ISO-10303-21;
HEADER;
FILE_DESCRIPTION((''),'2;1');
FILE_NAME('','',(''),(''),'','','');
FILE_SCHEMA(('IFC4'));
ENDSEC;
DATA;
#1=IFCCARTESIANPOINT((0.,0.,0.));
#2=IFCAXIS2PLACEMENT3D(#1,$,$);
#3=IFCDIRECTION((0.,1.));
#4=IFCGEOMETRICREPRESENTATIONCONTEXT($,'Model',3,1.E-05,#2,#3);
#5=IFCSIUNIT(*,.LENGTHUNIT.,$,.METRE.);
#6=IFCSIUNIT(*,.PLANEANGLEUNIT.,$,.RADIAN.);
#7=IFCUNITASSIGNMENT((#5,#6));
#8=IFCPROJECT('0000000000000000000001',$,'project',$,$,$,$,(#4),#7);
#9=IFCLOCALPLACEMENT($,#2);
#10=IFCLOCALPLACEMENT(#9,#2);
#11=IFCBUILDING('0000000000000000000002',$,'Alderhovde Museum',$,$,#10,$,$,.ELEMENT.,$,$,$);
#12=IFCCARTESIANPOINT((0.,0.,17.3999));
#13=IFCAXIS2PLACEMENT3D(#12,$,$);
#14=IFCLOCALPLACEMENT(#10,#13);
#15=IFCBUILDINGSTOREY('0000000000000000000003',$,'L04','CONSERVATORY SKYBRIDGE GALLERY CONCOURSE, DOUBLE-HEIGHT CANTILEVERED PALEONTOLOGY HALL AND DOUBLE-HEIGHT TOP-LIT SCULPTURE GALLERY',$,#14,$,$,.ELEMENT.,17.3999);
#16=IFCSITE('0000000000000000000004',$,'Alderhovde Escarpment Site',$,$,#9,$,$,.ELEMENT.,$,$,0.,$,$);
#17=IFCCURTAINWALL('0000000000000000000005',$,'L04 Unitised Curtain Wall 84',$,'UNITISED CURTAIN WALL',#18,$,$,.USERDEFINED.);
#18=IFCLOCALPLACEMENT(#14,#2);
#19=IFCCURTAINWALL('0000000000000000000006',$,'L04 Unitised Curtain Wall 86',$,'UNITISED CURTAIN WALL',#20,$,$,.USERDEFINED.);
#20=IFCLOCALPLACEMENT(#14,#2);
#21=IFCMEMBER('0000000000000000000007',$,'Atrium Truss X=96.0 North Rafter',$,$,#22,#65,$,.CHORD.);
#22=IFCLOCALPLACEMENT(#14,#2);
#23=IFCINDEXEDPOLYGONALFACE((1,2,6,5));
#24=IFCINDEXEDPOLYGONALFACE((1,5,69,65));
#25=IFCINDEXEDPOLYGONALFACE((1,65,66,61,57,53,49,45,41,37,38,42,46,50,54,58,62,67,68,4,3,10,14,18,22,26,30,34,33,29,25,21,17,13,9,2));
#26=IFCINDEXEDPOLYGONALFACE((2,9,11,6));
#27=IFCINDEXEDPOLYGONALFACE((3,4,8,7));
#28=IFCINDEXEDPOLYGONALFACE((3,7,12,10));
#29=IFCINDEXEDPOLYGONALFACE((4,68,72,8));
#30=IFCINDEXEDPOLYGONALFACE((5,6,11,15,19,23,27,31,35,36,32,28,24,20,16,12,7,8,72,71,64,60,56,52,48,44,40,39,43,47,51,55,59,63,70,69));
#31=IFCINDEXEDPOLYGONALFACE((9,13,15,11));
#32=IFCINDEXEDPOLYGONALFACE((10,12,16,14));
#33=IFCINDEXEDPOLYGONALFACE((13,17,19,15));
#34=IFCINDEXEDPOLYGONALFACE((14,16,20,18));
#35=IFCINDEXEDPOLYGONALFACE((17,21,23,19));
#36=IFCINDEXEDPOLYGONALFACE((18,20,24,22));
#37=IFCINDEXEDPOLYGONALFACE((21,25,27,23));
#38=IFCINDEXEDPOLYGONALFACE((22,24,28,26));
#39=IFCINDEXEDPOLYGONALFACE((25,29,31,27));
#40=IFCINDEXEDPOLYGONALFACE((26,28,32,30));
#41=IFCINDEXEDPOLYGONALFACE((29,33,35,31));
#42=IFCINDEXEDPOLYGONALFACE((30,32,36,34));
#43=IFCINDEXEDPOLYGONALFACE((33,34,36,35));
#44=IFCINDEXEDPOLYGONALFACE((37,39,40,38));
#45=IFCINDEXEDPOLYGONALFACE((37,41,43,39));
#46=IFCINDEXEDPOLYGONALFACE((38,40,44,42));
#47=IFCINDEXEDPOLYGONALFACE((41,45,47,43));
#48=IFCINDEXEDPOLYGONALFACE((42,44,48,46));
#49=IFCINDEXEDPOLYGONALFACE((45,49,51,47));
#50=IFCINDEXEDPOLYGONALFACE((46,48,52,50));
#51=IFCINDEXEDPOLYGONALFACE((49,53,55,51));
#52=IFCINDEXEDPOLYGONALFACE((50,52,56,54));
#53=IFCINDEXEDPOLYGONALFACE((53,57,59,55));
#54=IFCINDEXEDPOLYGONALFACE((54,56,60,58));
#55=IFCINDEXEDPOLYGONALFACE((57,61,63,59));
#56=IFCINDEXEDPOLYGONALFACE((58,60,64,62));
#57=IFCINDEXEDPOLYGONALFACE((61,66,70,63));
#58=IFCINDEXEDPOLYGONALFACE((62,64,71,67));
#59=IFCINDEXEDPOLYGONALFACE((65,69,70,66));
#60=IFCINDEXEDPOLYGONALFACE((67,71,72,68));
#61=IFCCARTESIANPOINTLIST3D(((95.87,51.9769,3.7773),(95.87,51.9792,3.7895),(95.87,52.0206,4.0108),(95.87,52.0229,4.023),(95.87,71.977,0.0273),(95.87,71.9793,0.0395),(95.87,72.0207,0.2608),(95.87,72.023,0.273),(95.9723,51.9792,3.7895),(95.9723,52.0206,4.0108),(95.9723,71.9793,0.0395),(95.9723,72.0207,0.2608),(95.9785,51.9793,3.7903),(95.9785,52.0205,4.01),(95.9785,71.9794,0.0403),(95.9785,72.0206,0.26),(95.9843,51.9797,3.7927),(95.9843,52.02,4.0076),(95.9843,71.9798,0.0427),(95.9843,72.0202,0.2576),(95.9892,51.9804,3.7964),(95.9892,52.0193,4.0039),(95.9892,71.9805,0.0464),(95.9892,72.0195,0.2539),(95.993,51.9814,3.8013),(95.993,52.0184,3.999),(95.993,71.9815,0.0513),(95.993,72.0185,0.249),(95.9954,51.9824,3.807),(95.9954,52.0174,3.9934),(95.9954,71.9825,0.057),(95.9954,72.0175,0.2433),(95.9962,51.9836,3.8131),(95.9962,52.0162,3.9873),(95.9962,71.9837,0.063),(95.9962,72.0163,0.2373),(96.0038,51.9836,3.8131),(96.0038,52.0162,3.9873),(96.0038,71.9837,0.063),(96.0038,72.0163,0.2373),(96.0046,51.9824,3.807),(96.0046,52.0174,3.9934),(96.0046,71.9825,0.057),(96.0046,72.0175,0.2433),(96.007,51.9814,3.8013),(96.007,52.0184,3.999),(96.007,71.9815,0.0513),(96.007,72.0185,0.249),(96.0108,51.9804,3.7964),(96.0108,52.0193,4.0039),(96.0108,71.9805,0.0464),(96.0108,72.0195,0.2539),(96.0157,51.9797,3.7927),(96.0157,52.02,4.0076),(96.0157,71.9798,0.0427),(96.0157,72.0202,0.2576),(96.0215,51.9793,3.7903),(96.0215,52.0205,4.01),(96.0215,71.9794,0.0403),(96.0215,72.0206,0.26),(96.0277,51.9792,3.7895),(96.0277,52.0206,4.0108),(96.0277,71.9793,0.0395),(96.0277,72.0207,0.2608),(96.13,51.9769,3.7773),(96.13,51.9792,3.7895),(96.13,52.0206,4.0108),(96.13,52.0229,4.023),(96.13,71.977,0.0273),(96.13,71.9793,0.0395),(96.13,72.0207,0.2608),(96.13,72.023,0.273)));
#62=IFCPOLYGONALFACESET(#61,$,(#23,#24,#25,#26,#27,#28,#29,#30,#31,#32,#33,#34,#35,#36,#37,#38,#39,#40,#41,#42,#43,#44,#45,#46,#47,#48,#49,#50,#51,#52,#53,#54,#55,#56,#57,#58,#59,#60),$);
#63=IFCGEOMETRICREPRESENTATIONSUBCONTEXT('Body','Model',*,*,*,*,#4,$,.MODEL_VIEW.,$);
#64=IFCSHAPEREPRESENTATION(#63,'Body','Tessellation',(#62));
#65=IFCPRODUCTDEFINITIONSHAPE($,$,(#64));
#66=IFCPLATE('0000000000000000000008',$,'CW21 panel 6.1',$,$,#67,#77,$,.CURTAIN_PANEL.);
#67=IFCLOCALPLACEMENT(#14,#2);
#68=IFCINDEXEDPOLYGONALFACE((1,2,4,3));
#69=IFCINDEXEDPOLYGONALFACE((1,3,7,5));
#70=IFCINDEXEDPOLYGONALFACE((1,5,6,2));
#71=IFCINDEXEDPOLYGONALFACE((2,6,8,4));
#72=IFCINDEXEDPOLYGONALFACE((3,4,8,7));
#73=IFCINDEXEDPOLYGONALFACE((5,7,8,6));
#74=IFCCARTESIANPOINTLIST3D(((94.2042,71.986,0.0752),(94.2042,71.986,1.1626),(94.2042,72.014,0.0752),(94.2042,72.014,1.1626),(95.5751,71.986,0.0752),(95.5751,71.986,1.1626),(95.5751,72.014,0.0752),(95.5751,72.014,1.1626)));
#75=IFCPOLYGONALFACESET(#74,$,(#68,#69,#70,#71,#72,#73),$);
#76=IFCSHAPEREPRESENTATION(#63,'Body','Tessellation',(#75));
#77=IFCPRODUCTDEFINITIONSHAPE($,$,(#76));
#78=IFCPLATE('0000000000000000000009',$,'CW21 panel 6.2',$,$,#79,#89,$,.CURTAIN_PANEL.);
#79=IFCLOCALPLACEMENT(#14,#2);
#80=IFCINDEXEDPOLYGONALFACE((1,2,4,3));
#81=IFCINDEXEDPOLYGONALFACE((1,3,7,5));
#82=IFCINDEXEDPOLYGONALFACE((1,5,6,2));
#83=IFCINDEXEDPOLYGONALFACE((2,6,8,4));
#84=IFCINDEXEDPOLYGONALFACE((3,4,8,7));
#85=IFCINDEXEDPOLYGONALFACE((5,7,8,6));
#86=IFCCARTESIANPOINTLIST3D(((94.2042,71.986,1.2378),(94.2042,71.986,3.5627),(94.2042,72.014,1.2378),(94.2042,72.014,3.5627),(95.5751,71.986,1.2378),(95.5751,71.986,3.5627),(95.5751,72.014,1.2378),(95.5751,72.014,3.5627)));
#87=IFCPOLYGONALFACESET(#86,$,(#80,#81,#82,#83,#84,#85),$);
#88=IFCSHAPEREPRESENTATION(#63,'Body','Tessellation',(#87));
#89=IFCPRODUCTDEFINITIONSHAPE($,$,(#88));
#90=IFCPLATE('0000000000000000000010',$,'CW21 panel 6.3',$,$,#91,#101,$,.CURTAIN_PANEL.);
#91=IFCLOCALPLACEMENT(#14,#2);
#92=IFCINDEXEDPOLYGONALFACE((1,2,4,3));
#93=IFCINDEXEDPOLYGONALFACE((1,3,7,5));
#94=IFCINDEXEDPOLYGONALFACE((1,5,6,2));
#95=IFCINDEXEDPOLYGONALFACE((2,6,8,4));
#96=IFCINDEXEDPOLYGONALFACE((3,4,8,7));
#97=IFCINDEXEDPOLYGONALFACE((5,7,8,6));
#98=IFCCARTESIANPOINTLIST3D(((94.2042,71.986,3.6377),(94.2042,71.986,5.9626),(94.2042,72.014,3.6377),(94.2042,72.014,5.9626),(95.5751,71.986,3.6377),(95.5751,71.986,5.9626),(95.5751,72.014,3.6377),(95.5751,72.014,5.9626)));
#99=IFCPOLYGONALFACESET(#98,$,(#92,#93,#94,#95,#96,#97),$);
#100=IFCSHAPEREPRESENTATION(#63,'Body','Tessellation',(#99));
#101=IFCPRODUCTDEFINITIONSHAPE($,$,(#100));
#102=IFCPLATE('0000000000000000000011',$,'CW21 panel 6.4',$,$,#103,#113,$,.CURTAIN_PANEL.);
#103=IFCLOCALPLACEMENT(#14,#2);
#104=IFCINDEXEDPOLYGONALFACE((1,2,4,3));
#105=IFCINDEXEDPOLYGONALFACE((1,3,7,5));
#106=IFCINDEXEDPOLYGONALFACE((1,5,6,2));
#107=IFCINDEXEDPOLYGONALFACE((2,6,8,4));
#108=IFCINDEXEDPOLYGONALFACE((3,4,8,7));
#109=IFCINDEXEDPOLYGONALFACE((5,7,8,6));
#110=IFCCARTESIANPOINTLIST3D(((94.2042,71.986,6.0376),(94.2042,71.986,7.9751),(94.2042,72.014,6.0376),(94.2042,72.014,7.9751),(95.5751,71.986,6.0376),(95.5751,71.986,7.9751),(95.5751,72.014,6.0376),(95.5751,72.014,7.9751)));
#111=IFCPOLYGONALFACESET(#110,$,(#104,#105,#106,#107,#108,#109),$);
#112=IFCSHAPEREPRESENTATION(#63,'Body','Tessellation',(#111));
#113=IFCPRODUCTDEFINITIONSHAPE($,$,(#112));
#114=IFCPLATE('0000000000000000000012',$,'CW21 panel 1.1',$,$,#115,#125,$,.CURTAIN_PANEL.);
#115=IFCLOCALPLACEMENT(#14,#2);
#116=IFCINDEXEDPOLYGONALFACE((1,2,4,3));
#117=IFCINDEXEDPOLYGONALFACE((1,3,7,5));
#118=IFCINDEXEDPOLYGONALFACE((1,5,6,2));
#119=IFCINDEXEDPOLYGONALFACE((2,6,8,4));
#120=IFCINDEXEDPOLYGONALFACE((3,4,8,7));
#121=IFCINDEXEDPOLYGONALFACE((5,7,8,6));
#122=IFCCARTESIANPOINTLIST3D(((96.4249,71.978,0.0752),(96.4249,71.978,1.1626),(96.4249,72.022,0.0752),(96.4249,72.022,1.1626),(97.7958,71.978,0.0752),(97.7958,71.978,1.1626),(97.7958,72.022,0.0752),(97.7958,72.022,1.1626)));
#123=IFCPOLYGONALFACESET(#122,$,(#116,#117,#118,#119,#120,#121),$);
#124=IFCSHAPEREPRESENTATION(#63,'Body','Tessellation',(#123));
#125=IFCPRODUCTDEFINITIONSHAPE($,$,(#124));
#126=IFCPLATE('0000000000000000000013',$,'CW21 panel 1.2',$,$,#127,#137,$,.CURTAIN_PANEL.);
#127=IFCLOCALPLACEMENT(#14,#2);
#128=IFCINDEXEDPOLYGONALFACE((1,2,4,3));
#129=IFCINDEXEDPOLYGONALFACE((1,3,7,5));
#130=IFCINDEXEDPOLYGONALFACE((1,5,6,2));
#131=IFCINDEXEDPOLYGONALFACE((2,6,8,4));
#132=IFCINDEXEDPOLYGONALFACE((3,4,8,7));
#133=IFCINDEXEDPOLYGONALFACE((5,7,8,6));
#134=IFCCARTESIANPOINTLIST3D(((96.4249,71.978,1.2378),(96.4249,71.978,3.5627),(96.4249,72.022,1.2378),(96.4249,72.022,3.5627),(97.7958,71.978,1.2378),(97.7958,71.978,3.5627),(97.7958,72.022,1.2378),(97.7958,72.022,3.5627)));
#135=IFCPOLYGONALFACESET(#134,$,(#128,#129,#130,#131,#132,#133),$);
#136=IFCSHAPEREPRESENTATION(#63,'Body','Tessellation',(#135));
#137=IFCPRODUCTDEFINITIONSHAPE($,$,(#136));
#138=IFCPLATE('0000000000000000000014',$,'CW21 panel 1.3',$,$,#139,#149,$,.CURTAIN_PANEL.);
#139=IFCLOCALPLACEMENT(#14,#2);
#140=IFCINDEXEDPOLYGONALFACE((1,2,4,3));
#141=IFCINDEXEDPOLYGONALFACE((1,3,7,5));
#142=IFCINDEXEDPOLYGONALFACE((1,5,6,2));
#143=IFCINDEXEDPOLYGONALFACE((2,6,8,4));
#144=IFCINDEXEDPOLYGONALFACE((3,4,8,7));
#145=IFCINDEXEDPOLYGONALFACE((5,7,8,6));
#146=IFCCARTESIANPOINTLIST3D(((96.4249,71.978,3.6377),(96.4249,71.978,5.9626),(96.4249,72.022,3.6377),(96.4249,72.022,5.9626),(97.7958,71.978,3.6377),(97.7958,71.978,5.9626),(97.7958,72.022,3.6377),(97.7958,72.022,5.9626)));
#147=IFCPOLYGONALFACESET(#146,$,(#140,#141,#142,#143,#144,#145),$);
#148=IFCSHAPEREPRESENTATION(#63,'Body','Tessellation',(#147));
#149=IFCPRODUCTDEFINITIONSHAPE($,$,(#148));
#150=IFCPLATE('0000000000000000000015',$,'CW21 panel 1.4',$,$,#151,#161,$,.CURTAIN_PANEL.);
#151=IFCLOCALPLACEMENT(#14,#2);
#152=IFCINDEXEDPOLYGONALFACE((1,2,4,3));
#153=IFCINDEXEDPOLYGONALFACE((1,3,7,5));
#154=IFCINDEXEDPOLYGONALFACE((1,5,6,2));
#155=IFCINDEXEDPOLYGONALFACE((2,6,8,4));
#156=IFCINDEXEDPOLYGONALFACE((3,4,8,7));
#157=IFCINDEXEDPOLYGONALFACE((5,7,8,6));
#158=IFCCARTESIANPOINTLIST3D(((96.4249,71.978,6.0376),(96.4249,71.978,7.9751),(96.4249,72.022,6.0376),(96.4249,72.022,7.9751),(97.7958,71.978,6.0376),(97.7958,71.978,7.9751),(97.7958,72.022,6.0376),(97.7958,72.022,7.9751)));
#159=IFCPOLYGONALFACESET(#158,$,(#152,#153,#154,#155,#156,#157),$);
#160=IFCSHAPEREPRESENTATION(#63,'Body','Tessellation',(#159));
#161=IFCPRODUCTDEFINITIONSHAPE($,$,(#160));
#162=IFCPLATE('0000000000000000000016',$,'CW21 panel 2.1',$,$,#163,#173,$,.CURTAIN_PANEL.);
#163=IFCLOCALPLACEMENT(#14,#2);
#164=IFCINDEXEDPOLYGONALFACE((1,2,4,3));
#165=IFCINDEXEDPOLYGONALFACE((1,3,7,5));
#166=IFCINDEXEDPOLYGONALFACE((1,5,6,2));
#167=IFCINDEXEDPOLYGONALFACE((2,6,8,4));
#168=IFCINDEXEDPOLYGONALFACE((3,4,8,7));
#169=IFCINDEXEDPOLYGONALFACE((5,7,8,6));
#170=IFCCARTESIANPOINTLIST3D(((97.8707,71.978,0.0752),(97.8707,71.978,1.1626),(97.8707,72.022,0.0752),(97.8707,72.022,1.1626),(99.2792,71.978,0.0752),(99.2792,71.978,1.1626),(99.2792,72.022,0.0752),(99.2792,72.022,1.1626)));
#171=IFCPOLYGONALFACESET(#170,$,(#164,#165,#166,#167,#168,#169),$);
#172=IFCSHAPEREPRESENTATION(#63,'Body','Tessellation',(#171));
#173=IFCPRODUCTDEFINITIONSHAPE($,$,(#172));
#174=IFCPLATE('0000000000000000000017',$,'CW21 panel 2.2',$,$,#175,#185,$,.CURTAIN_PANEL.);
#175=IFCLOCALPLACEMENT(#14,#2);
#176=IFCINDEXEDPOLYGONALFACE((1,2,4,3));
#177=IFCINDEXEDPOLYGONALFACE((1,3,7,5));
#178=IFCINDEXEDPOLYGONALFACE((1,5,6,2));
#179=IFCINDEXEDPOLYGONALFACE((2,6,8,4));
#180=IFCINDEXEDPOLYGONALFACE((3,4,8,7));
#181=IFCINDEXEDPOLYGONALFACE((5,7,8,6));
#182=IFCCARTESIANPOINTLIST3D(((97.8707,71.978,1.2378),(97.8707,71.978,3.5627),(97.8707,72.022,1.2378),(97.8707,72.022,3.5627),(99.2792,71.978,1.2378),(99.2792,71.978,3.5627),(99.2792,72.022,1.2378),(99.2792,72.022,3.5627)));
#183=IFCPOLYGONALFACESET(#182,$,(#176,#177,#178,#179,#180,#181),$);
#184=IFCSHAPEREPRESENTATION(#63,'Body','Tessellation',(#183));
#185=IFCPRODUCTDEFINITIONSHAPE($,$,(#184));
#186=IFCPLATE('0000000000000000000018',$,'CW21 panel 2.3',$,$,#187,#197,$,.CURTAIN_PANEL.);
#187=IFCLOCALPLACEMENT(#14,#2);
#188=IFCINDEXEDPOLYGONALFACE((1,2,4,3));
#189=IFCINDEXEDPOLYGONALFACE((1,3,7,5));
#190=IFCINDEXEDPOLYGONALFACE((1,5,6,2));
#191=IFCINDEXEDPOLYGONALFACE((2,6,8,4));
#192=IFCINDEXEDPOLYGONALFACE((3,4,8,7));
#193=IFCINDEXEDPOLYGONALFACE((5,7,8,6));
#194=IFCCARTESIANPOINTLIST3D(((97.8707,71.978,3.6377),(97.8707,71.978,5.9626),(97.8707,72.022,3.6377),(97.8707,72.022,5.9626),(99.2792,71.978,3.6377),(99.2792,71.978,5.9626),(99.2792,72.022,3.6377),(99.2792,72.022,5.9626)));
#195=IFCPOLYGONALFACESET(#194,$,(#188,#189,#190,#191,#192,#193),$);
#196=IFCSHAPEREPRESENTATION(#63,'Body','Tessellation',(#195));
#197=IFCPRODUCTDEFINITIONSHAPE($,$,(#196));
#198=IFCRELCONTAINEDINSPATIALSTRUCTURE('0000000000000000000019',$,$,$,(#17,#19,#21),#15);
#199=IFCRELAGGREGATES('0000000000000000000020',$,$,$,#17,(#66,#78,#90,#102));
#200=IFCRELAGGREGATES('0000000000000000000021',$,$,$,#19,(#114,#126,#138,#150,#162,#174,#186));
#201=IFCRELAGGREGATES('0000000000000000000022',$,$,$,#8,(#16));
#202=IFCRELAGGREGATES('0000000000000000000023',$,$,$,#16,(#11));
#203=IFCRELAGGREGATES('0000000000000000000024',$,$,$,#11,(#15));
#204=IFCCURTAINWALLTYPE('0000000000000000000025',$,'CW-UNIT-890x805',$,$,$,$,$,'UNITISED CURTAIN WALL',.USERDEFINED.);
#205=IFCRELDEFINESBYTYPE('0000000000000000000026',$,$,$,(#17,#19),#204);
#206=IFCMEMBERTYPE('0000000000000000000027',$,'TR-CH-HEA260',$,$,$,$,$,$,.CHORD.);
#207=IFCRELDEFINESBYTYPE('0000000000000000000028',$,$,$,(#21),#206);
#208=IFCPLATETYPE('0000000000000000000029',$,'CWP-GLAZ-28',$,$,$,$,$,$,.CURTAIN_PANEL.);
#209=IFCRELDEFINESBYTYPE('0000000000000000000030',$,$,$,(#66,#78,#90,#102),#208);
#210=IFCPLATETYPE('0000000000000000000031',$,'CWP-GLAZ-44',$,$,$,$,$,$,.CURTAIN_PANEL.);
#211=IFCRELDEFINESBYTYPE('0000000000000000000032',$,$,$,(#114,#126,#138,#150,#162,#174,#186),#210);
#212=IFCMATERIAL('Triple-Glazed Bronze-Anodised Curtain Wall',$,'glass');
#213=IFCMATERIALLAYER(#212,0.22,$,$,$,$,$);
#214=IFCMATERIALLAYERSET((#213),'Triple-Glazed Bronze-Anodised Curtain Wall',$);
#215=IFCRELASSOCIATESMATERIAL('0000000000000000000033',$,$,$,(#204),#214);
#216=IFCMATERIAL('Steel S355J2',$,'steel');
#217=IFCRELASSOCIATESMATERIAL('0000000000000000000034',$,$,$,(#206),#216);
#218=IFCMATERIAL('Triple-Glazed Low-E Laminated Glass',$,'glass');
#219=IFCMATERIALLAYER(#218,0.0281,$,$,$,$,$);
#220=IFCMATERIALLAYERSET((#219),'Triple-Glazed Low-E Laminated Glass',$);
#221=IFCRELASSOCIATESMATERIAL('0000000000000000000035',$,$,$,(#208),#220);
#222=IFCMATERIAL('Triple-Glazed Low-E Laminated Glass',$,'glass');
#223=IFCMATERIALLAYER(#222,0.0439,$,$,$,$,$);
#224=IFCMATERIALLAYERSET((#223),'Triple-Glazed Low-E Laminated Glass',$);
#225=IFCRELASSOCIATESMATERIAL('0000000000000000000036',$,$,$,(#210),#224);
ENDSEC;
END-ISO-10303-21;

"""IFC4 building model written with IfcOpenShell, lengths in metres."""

from ifc_helpers import new_model, si_unit, direction, frame, origin, origin_2d, place, context, subcontext, project, spatial, rectangle, i_section, extrude, material, layer, layer_set, material_profile, profile_set, type_object, element, aggregate, save


model = new_model("IFC4")

# Units and contexts
model_context = context("Model", 3, precision=1e-05, world=origin(), true_north=direction((0.0, 1.0)))
body_context = subcontext(model_context, "Body", "Model", "MODEL_VIEW")
ifc_project = project(units=[si_unit("LENGTHUNIT", "METRE"), si_unit("PLANEANGLEUNIT", "RADIAN")], contexts=[model_context])

# Site, building, storey
site_placement = place(None, origin())
site = spatial("IfcSite", under=ifc_project, at=site_placement, Name="Alderhovde Escarpment Site", CompositionType="ELEMENT", RefElevation=0.0)
building_placement = place(site_placement, origin())
building = spatial("IfcBuilding", under=site, at=building_placement, Name="Alderhovde Museum", CompositionType="ELEMENT")
storey_placement = place(building_placement, frame((0.0, 0.0, 17.3999)))
storey = spatial("IfcBuildingStorey", under=building, at=storey_placement, Name="L04", Description="CONSERVATORY SKYBRIDGE GALLERY CONCOURSE, DOUBLE-HEIGHT CANTILEVERED PALEONTOLOGY HALL AND DOUBLE-HEIGHT TOP-LIT SCULPTURE GALLERY", CompositionType="ELEMENT", Elevation=17.3999)

# Curtain wall
ifc_material_1 = material(Name="Triple-Glazed Bronze-Anodised Curtain Wall", Category="glass")
ifc_layer_1 = layer(ifc_material_1, 0.22)
ifc_layer_set_1 = layer_set([ifc_layer_1], Name="Triple-Glazed Bronze-Anodised Curtain Wall")
curtain_wall_type = type_object("IfcCurtainWallType", Name="CW-UNIT-890x805", ElementType="UNITISED CURTAIN WALL", PredefinedType="USERDEFINED", material=ifc_layer_set_1)
curtain_wall_1_placement = place(storey_placement, origin())
curtain_wall_1 = element("IfcCurtainWall", 1, at=curtain_wall_1_placement, inside=storey, type_object=curtain_wall_type, Name="L04 Unitised Curtain Wall 84", ObjectType="UNITISED CURTAIN WALL", PredefinedType="USERDEFINED")

# Curtain wall
curtain_wall_2_placement = place(storey_placement, origin())
curtain_wall_2 = element("IfcCurtainWall", 2, at=curtain_wall_2_placement, inside=storey, type_object=curtain_wall_type, Name="L04 Unitised Curtain Wall 86", ObjectType="UNITISED CURTAIN WALL", PredefinedType="USERDEFINED")

# Member
ifc_material_2 = material(Name="Steel S355J2", Category="steel")
ifc_material_profile_1 = material_profile(ifc_material_2, i_section(OverallWidth=0.26, OverallDepth=0.25, WebThickness=0.0076, FlangeThickness=0.0125, FilletRadius=0.0239, at=origin_2d()), Name="HEA 260")
ifc_profile_set_1 = profile_set([ifc_material_profile_1], Name="Steel S355J2")
member_type_1 = type_object("IfcMemberType", Name="TR-CH-HEA260", PredefinedType="CHORD", material=ifc_profile_set_1)
member_1_placement = place(storey_placement, frame((96.0, 72.0, 0.1501), z_axis=(0.0, -0.982872, 0.184289), x_axis=(1.0, 0.0, 0.0)))
element("IfcMember", 3, at=member_1_placement, inside=storey, type_object=member_type_1, Name="Atrium Truss X=96.0 North Rafter", PredefinedType="CHORD", context=body_context, shape_type="SweptSolid", body=[
    extrude(i_section(OverallWidth=0.26, OverallDepth=0.25, WebThickness=0.0076, FlangeThickness=0.0125, FilletRadius=0.0239, at=origin_2d()), origin(), (0.0, 0.0, 1.0), 20.3486),
])

# Plates
ifc_material_3 = material(Name="Triple-Glazed Low-E Laminated Glass", Category="glass")
ifc_layer_2 = layer(ifc_material_3, 0.0281)
ifc_layer_set_2 = layer_set([ifc_layer_2], Name="Triple-Glazed Low-E Laminated Glass")
plate_type_1 = type_object("IfcPlateType", Name="CWP-GLAZ-28", PredefinedType="CURTAIN_PANEL", material=ifc_layer_set_2)
plate_1_placement = place(storey_placement, frame((94.8896, 72.0, 0.0752), z_axis=(0.0, 0.0, 1.0), x_axis=(1.0, 0.0, 0.0)))
plate_1 = element("IfcPlate", 4, at=plate_1_placement, type_object=plate_type_1, Name="CW21 panel 6.1", PredefinedType="CURTAIN_PANEL", context=body_context, shape_type="SweptSolid", body=[
    extrude(rectangle(XDim=1.3708, YDim=0.0281, at=origin_2d()), origin(), (0.0, 0.0, 1.0), 1.0874),
])
plate_2_placement = place(storey_placement, frame((94.8896, 72.0, 1.2378), z_axis=(0.0, 0.0, 1.0), x_axis=(1.0, 0.0, 0.0)))
plate_2 = element("IfcPlate", 5, at=plate_2_placement, type_object=plate_type_1, Name="CW21 panel 6.2", PredefinedType="CURTAIN_PANEL", context=body_context, shape_type="SweptSolid", body=[
    extrude(rectangle(XDim=1.3708, YDim=0.0281, at=origin_2d()), origin(), (0.0, 0.0, 1.0), 2.325),
])
plate_3_placement = place(storey_placement, frame((94.8896, 72.0, 3.6377), z_axis=(0.0, 0.0, 1.0), x_axis=(1.0, 0.0, 0.0)))
plate_3 = element("IfcPlate", 6, at=plate_3_placement, type_object=plate_type_1, Name="CW21 panel 6.3", PredefinedType="CURTAIN_PANEL", context=body_context, shape_type="SweptSolid", body=[
    extrude(rectangle(XDim=1.3708, YDim=0.0281, at=origin_2d()), origin(), (0.0, 0.0, 1.0), 2.325),
])
plate_4_placement = place(storey_placement, frame((94.8896, 72.0, 6.0376), z_axis=(0.0, 0.0, 1.0), x_axis=(1.0, 0.0, 0.0)))
plate_4 = element("IfcPlate", 7, at=plate_4_placement, type_object=plate_type_1, Name="CW21 panel 6.4", PredefinedType="CURTAIN_PANEL", context=body_context, shape_type="SweptSolid", body=[
    extrude(rectangle(XDim=1.3708, YDim=0.0281, at=origin_2d()), origin(), (0.0, 0.0, 1.0), 1.9375),
])
aggregate(curtain_wall_1, [plate_1, plate_2, plate_3, plate_4])
ifc_material_4 = material(Name="Triple-Glazed Low-E Laminated Glass", Category="glass")
ifc_layer_3 = layer(ifc_material_4, 0.0439)
ifc_layer_set_3 = layer_set([ifc_layer_3], Name="Triple-Glazed Low-E Laminated Glass")
plate_type_2 = type_object("IfcPlateType", Name="CWP-GLAZ-44", PredefinedType="CURTAIN_PANEL", material=ifc_layer_set_3)
plate_5_placement = place(storey_placement, frame((97.1104, 72.0, 0.0752), z_axis=(0.0, 0.0, 1.0), x_axis=(1.0, 0.0, 0.0)))
plate_5 = element("IfcPlate", 8, at=plate_5_placement, type_object=plate_type_2, Name="CW21 panel 1.1", PredefinedType="CURTAIN_PANEL", context=body_context, shape_type="SweptSolid", body=[
    extrude(rectangle(XDim=1.3708, YDim=0.0439, at=origin_2d()), origin(), (0.0, 0.0, 1.0), 1.0874),
])
plate_6_placement = place(storey_placement, frame((97.1104, 72.0, 1.2378), z_axis=(0.0, 0.0, 1.0), x_axis=(1.0, 0.0, 0.0)))
plate_6 = element("IfcPlate", 9, at=plate_6_placement, type_object=plate_type_2, Name="CW21 panel 1.2", PredefinedType="CURTAIN_PANEL", context=body_context, shape_type="SweptSolid", body=[
    extrude(rectangle(XDim=1.3708, YDim=0.0439, at=origin_2d()), origin(), (0.0, 0.0, 1.0), 2.325),
])
plate_7_placement = place(storey_placement, frame((97.1104, 72.0, 3.6377), z_axis=(0.0, 0.0, 1.0), x_axis=(1.0, 0.0, 0.0)))
plate_7 = element("IfcPlate", 10, at=plate_7_placement, type_object=plate_type_2, Name="CW21 panel 1.3", PredefinedType="CURTAIN_PANEL", context=body_context, shape_type="SweptSolid", body=[
    extrude(rectangle(XDim=1.3708, YDim=0.0439, at=origin_2d()), origin(), (0.0, 0.0, 1.0), 2.325),
])
plate_8_placement = place(storey_placement, frame((97.1104, 72.0, 6.0376), z_axis=(0.0, 0.0, 1.0), x_axis=(1.0, 0.0, 0.0)))
plate_8 = element("IfcPlate", 11, at=plate_8_placement, type_object=plate_type_2, Name="CW21 panel 1.4", PredefinedType="CURTAIN_PANEL", context=body_context, shape_type="SweptSolid", body=[
    extrude(rectangle(XDim=1.3708, YDim=0.0439, at=origin_2d()), origin(), (0.0, 0.0, 1.0), 1.9375),
])
plate_9_placement = place(storey_placement, frame((98.575, 72.0, 0.0752), z_axis=(0.0, 0.0, 1.0), x_axis=(1.0, 0.0, 0.0)))
plate_9 = element("IfcPlate", 12, at=plate_9_placement, type_object=plate_type_2, Name="CW21 panel 2.1", PredefinedType="CURTAIN_PANEL", context=body_context, shape_type="SweptSolid", body=[
    extrude(rectangle(XDim=1.4084, YDim=0.0439, at=origin_2d()), origin(), (0.0, 0.0, 1.0), 1.0874),
])
plate_10_placement = place(storey_placement, frame((98.575, 72.0, 1.2378), z_axis=(0.0, 0.0, 1.0), x_axis=(1.0, 0.0, 0.0)))
plate_10 = element("IfcPlate", 13, at=plate_10_placement, type_object=plate_type_2, Name="CW21 panel 2.2", PredefinedType="CURTAIN_PANEL", context=body_context, shape_type="SweptSolid", body=[
    extrude(rectangle(XDim=1.4084, YDim=0.0439, at=origin_2d()), origin(), (0.0, 0.0, 1.0), 2.325),
])
plate_11_placement = place(storey_placement, frame((98.575, 72.0, 3.6377), z_axis=(0.0, 0.0, 1.0), x_axis=(1.0, 0.0, 0.0)))
plate_11 = element("IfcPlate", 14, at=plate_11_placement, type_object=plate_type_2, Name="CW21 panel 2.3", PredefinedType="CURTAIN_PANEL", context=body_context, shape_type="SweptSolid", body=[
    extrude(rectangle(XDim=1.4084, YDim=0.0439, at=origin_2d()), origin(), (0.0, 0.0, 1.0), 2.325),
])
aggregate(curtain_wall_2, [plate_5, plate_6, plate_7, plate_8, plate_9, plate_10, plate_11])

save(model, "model.ifc")
